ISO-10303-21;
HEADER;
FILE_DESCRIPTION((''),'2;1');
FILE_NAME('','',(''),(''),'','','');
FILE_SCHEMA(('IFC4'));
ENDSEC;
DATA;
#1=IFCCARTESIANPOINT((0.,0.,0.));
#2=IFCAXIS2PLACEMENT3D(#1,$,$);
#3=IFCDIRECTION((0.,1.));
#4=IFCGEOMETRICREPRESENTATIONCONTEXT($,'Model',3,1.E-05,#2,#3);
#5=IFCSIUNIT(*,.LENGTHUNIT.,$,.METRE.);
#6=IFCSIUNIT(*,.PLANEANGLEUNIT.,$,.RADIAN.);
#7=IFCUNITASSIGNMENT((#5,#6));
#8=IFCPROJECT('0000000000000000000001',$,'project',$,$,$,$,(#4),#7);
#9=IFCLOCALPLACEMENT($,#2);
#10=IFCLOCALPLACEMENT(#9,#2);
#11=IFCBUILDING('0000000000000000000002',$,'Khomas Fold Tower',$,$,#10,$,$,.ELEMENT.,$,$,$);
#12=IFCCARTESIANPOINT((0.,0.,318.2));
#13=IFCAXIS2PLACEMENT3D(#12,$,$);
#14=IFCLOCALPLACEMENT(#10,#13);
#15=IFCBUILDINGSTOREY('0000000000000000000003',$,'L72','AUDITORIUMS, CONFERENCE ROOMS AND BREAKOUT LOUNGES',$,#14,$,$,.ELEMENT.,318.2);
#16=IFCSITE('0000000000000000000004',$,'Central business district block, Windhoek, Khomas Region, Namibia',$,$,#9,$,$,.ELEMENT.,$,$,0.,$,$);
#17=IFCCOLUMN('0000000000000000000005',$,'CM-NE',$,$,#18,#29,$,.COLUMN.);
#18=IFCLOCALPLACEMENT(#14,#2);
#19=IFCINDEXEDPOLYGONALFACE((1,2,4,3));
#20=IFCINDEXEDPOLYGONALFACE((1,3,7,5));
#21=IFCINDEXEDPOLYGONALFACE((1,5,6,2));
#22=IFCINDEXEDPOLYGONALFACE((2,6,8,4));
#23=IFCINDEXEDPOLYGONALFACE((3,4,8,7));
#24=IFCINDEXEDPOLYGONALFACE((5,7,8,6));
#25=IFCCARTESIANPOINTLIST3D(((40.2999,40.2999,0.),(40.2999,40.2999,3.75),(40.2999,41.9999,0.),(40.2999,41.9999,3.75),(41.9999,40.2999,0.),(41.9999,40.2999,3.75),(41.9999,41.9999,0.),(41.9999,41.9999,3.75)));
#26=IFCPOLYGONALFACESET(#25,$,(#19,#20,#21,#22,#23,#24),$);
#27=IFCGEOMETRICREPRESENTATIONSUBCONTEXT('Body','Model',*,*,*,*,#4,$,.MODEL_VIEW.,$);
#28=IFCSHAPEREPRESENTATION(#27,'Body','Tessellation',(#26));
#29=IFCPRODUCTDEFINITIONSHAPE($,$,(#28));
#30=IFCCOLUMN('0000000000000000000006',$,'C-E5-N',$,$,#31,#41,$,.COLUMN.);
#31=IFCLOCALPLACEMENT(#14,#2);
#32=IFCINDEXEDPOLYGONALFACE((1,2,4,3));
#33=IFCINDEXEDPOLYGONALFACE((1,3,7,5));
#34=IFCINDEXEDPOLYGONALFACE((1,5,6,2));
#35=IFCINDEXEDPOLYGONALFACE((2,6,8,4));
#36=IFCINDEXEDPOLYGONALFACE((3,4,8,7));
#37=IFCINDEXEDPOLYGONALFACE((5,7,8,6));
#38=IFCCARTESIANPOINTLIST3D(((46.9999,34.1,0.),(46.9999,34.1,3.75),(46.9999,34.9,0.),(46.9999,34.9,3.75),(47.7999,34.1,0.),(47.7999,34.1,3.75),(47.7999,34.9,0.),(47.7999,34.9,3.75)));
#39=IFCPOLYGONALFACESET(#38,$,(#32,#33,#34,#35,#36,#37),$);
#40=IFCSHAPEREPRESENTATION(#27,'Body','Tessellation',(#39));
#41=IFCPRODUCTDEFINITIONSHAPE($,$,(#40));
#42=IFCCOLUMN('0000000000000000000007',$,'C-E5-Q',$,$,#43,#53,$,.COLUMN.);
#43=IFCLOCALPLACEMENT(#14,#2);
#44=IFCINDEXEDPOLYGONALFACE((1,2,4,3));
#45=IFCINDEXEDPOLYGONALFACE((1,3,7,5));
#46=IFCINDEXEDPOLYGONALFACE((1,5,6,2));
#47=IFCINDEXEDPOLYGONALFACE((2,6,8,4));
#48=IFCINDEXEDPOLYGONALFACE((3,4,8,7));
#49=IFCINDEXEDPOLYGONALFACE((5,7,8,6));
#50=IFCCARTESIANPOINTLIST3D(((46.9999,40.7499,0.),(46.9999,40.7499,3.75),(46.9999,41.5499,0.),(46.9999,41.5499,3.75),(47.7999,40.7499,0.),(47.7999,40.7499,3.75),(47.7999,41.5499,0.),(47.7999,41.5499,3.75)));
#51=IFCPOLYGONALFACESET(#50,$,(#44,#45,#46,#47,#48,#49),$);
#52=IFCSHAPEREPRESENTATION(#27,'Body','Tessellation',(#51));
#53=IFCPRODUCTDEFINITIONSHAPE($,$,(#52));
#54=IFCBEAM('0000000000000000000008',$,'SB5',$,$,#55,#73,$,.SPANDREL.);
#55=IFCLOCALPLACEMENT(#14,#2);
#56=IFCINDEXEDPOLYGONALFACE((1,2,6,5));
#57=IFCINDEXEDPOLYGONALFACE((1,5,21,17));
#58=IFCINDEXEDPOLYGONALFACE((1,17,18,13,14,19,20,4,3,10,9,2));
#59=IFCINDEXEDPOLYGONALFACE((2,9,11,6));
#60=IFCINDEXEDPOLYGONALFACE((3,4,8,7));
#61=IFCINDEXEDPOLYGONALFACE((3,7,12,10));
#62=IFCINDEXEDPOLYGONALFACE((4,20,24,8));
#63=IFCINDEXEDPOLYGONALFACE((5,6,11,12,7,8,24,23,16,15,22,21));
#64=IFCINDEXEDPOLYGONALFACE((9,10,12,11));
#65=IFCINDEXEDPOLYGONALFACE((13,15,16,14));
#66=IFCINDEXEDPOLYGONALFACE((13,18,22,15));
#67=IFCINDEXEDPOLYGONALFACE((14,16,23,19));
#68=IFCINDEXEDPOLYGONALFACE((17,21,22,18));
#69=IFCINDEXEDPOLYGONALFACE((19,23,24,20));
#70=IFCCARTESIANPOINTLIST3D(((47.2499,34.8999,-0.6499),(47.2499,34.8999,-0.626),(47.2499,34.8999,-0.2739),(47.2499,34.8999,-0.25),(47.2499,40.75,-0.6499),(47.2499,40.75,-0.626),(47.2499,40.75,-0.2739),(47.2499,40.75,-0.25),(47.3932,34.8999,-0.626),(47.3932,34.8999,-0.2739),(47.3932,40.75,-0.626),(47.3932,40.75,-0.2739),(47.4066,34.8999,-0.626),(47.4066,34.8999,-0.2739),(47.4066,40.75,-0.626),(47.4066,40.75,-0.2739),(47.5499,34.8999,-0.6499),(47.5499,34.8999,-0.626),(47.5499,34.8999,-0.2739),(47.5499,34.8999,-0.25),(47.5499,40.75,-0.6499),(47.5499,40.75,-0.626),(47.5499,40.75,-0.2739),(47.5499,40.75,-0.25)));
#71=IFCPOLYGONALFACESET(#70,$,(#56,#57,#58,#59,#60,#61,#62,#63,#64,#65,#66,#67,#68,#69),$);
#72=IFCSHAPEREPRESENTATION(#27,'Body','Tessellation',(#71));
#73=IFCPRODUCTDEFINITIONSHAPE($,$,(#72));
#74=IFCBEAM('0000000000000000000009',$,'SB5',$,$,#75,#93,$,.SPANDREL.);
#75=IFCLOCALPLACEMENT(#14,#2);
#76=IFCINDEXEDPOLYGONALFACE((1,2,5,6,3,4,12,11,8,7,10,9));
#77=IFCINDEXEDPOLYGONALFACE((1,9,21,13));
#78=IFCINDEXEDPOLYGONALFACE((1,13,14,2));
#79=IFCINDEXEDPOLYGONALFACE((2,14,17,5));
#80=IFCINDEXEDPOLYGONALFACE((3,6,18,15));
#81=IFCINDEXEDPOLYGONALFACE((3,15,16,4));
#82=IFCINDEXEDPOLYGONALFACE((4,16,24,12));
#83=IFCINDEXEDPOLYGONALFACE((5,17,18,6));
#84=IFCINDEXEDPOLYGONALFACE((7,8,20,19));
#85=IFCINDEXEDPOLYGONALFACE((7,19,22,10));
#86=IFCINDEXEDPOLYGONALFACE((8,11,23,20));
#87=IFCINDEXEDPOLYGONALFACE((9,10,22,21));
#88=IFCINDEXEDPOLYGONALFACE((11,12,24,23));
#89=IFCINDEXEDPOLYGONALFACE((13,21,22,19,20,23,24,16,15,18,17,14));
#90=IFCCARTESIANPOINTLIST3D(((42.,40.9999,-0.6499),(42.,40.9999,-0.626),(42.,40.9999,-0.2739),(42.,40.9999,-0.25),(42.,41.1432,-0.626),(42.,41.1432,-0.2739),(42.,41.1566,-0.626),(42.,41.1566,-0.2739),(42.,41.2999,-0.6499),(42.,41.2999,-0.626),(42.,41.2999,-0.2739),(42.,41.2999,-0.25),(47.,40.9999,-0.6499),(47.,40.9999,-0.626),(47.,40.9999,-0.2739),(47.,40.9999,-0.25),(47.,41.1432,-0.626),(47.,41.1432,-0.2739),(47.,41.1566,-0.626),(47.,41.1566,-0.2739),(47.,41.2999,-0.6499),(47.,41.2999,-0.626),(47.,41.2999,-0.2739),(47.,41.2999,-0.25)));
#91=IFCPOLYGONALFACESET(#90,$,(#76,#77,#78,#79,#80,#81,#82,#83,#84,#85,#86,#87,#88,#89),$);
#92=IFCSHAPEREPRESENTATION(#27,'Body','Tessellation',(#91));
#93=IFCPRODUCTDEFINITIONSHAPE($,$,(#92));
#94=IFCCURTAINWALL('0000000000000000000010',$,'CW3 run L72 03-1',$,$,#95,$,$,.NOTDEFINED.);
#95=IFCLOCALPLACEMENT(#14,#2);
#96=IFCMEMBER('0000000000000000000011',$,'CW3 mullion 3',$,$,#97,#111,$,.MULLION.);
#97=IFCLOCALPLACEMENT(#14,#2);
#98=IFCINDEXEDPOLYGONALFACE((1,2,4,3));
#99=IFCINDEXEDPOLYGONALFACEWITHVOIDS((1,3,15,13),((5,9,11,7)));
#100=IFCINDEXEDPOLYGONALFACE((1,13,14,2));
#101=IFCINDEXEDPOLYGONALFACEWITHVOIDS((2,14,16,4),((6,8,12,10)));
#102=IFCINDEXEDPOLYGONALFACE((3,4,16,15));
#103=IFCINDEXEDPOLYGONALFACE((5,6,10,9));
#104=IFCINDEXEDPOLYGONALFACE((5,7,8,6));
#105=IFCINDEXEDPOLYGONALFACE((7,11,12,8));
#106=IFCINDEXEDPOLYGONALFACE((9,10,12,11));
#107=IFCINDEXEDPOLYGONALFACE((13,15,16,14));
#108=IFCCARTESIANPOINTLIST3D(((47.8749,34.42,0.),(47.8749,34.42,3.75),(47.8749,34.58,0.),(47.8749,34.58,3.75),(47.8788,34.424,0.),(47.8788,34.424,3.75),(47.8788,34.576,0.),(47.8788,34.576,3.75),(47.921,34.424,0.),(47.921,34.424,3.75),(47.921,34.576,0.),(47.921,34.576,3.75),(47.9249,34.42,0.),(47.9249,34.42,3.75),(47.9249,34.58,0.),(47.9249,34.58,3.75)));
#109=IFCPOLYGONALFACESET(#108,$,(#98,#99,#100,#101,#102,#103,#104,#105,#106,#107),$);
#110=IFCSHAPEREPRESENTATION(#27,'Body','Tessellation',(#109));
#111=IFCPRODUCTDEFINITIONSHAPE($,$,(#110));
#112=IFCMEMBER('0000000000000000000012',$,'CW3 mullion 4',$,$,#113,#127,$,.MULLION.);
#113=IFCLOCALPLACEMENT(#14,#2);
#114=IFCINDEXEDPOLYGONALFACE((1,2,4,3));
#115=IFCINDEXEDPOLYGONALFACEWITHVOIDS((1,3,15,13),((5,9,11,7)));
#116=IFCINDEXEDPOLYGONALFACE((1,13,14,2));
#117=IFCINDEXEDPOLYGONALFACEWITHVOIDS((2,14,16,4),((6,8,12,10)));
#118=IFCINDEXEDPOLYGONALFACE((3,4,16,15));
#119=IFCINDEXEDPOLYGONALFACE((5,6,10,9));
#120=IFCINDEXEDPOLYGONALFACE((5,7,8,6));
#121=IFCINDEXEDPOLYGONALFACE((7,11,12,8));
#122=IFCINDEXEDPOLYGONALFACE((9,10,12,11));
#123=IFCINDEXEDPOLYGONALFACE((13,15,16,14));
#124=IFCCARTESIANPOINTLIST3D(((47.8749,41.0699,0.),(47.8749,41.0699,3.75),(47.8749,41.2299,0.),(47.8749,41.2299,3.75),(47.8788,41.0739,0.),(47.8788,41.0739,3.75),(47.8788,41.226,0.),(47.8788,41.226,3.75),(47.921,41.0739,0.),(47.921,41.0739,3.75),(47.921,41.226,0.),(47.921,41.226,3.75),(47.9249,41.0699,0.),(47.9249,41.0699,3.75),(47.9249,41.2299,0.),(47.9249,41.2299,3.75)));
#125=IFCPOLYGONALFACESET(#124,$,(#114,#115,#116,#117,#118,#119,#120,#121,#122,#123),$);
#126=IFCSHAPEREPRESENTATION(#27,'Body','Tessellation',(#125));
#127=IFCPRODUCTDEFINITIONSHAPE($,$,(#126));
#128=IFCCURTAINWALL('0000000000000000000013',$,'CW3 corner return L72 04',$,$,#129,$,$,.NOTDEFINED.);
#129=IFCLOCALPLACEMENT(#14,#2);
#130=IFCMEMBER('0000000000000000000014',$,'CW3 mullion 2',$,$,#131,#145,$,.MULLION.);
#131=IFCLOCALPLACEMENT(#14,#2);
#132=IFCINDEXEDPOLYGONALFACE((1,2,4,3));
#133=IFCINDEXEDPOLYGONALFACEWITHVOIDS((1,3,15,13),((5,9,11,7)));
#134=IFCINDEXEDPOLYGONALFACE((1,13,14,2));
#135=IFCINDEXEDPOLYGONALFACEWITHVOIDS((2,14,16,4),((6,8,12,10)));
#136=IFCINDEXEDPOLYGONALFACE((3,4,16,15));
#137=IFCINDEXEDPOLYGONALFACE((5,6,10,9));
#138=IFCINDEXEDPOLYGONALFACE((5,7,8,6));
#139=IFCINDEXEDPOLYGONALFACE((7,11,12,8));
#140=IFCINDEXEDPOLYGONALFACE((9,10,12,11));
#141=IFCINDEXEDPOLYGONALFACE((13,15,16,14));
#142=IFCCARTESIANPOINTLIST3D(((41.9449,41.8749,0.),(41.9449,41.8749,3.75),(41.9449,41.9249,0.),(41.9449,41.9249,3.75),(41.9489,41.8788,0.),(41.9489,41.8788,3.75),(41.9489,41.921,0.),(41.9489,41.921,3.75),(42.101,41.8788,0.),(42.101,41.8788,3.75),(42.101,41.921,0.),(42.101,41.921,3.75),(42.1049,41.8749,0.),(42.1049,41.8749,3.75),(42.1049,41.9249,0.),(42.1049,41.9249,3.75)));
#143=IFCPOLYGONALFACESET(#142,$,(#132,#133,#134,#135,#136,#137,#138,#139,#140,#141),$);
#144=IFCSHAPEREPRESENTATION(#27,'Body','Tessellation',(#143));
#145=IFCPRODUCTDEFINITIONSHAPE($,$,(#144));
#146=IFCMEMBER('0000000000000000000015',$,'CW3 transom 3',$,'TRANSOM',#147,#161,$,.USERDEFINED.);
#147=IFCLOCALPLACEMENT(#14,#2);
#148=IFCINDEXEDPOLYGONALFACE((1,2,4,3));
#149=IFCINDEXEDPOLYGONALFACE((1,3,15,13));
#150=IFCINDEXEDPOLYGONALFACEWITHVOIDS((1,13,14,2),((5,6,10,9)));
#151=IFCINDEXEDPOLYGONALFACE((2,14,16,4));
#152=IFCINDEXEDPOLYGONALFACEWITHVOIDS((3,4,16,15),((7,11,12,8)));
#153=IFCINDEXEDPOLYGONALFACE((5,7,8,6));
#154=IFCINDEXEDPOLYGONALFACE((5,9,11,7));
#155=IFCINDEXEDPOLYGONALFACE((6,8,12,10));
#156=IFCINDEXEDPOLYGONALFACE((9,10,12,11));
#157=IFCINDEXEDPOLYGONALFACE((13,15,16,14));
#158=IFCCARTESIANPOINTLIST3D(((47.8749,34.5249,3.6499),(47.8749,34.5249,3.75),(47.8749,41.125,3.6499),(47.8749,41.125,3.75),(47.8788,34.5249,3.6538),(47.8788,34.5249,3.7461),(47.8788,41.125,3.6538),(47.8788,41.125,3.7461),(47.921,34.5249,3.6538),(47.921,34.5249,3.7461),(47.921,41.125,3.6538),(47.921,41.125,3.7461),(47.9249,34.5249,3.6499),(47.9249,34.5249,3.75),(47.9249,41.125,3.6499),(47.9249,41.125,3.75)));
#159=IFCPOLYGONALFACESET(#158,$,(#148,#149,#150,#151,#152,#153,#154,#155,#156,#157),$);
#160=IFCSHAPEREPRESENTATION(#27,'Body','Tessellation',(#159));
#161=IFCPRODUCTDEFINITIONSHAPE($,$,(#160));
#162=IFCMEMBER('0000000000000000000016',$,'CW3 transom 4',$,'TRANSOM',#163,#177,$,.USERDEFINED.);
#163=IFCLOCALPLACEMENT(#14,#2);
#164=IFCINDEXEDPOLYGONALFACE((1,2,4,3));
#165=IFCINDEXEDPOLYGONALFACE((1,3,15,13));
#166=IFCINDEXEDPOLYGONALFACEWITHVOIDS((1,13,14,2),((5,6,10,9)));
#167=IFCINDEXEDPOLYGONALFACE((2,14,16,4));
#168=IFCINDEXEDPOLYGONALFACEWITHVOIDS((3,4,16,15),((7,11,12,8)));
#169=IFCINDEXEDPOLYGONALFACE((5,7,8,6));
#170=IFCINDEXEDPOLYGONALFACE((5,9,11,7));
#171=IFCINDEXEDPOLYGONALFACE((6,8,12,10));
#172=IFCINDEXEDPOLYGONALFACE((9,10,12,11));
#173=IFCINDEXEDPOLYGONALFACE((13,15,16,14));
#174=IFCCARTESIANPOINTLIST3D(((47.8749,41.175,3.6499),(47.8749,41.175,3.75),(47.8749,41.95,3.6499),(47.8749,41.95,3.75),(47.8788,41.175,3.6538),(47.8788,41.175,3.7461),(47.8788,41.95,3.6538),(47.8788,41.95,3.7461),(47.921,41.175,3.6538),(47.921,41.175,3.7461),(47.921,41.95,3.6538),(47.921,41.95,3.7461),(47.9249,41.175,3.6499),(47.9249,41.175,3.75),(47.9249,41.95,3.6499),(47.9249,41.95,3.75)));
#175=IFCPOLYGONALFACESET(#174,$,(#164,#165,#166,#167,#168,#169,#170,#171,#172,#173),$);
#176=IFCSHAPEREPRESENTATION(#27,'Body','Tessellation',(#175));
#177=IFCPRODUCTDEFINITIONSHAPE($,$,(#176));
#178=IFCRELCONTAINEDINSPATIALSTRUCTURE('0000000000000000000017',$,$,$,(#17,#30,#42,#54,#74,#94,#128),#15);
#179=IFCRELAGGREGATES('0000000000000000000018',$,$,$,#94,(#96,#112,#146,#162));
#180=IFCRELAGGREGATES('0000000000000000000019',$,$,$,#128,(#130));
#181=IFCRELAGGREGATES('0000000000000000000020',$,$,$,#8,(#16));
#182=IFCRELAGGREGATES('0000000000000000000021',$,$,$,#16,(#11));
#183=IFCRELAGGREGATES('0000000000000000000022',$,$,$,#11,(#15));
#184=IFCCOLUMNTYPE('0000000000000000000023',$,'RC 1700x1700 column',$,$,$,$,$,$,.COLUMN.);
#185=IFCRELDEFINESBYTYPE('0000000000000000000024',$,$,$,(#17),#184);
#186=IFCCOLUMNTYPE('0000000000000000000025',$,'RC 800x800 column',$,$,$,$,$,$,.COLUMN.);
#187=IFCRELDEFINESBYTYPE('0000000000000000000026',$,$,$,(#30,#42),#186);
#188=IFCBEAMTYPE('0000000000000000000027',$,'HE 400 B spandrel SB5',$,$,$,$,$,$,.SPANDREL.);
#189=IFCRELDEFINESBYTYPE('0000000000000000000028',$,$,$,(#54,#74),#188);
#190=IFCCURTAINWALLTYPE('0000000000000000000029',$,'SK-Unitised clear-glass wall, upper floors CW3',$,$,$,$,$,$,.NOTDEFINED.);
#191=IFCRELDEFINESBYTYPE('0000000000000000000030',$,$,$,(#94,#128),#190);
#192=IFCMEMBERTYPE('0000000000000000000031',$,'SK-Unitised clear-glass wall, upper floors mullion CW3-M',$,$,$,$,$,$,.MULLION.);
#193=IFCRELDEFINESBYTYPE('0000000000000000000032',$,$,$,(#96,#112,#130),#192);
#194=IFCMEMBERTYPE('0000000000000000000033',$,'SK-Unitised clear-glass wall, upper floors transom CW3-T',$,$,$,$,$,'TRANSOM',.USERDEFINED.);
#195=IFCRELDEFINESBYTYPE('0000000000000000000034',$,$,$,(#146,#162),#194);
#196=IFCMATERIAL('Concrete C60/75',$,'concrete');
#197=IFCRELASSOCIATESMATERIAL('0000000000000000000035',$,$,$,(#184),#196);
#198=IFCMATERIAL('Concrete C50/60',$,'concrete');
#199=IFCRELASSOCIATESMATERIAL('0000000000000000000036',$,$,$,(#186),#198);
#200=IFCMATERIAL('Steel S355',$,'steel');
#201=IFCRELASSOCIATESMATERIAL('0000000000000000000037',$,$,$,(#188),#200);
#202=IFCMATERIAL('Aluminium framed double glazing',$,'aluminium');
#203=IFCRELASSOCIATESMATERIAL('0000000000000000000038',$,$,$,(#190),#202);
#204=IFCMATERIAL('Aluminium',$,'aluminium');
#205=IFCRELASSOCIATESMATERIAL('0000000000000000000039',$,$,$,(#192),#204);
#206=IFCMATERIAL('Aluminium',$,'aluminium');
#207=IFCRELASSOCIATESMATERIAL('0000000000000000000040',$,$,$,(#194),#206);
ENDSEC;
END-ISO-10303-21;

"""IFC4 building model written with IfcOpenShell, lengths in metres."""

from ifc_helpers import new_model, si_unit, direction, frame, origin, origin_2d, place, context, subcontext, project, spatial, rectangle, hollow_rectangle, i_section, extrude, source, transform, mapped, material, material_profile, profile_set, type_object, element, aggregate, save


model = new_model("IFC4")

# Units and contexts
model_context = context("Model", 3, precision=1e-05, world=origin(), true_north=direction((0.0, 1.0)))
body_context = subcontext(model_context, "Body", "Model", "MODEL_VIEW")
ifc_project = project(units=[si_unit("LENGTHUNIT", "METRE"), si_unit("PLANEANGLEUNIT", "RADIAN")], contexts=[model_context])

# Site, building, storey
site_placement = place(None, origin())
site = spatial("IfcSite", under=ifc_project, at=site_placement, Name="Central business district block, Windhoek, Khomas Region, Namibia", CompositionType="ELEMENT", RefElevation=0.0)
building_placement = place(site_placement, origin())
building = spatial("IfcBuilding", under=site, at=building_placement, Name="Khomas Fold Tower", CompositionType="ELEMENT")
storey_placement = place(building_placement, frame((0.0, 0.0, 318.2)))
storey = spatial("IfcBuildingStorey", under=building, at=storey_placement, Name="L72", Description="AUDITORIUMS, CONFERENCE ROOMS AND BREAKOUT LOUNGES", CompositionType="ELEMENT", Elevation=318.2)

# Columns
ifc_material_1 = material(Name="Concrete C60/75", Category="concrete")
ifc_material_profile_1 = material_profile(ifc_material_1, rectangle(XDim=1.7, YDim=1.7, at=origin_2d()), Name="RC 1700x1700")
ifc_profile_set_1 = profile_set([ifc_material_profile_1], Name="Concrete C60/75")
column_type_1 = type_object("IfcColumnType", Name="RC 1700x1700 column", PredefinedType="COLUMN", material=ifc_profile_set_1)
shared_shape_1 = source(origin(), body_context, "Body", "SweptSolid", [
    extrude(rectangle(XDim=1.7, YDim=1.7, at=origin_2d()), origin(), (0.0, 0.0, 1.0), 3.75),
])
column_placement = place(storey_placement, frame((41.1499, 41.1499, 0.0), z_axis=(0.0, 0.0, 1.0), x_axis=(1.0, 0.0, 0.0)))
element("IfcColumn", 1, at=column_placement, inside=storey, type_object=column_type_1, Name="CM-NE", PredefinedType="COLUMN", context=body_context, shape_type="MappedRepresentation", body=[
    mapped(shared_shape_1, transform((0.0, 0.0, 0.0))),
])
ifc_material_2 = material(Name="Concrete C50/60", Category="concrete")
ifc_material_profile_2 = material_profile(ifc_material_2, rectangle(XDim=0.8, YDim=0.8, at=origin_2d()), Name="RC 800x800")
ifc_profile_set_2 = profile_set([ifc_material_profile_2], Name="Concrete C50/60")
column_type_2 = type_object("IfcColumnType", Name="RC 800x800 column", PredefinedType="COLUMN", material=ifc_profile_set_2)
shared_shape_2 = source(origin(), body_context, "Body", "SweptSolid", [
    extrude(rectangle(XDim=0.8, YDim=0.8, at=origin_2d()), origin(), (0.0, 0.0, 1.0), 3.75),
])
for number, where, z_axis, x_axis, name in (
    (2, (47.3999, 34.5, 0.0), (0.0, 0.0, 1.0), (1.0, 0.0, 0.0), "C-E5-N"),
    (3, (47.3999, 41.1499, 0.0), (0.0, 0.0, 1.0), (1.0, 0.0, 0.0), "C-E5-Q"),
):
    element("IfcColumn", number, at=place(storey_placement, frame(where, z_axis=z_axis, x_axis=x_axis)), inside=storey, type_object=column_type_2, Name=name, PredefinedType="COLUMN", context=body_context, shape_type="MappedRepresentation", body=[
        mapped(shared_shape_2, transform((0.0, 0.0, 0.0))),
    ])

# Beams
ifc_material_3 = material(Name="Steel S355", Category="steel")
ifc_material_profile_3 = material_profile(ifc_material_3, i_section(OverallWidth=0.3, OverallDepth=0.3999, WebThickness=0.0134, FlangeThickness=0.0239, at=origin_2d()), Name="HE 400 B")
ifc_profile_set_3 = profile_set([ifc_material_profile_3], Name="Steel S355")
beam_type = type_object("IfcBeamType", Name="HE 400 B spandrel SB5", PredefinedType="SPANDREL", material=ifc_profile_set_3)
shared_shape_3 = source(origin(), body_context, "Body", "SweptSolid", [
    extrude(i_section(OverallWidth=0.3, OverallDepth=0.3999, WebThickness=0.0134, FlangeThickness=0.0239, at=origin_2d()), origin(), (0.0, 0.0, 1.0), 5.8501),
])
beam_1_placement = place(storey_placement, frame((47.3999, 34.8999, -0.45), z_axis=(0.0, 1.0, 0.0), x_axis=(-1.0, 0.0, 0.0)))
element("IfcBeam", 4, at=beam_1_placement, inside=storey, type_object=beam_type, Name="SB5", PredefinedType="SPANDREL", context=body_context, shape_type="MappedRepresentation", body=[
    mapped(shared_shape_3, transform((0.0, 0.0, 0.0))),
])
shared_shape_4 = source(origin(), body_context, "Body", "SweptSolid", [
    extrude(i_section(OverallWidth=0.3, OverallDepth=0.3999, WebThickness=0.0134, FlangeThickness=0.0239, at=origin_2d()), origin(), (0.0, 0.0, 1.0), 5.0),
])
beam_2_placement = place(storey_placement, frame((42.0, 41.1499, -0.45), z_axis=(1.0, 0.0, 0.0), x_axis=(0.0, 1.0, 0.0)))
element("IfcBeam", 5, at=beam_2_placement, inside=storey, type_object=beam_type, Name="SB5", PredefinedType="SPANDREL", context=body_context, shape_type="MappedRepresentation", body=[
    mapped(shared_shape_4, transform((0.0, 0.0, 0.0))),
])

# Curtain wall, members
ifc_material_4 = material(Name="Aluminium framed double glazing", Category="aluminium")
curtain_wall_type = type_object("IfcCurtainWallType", Name="SK-Unitised clear-glass wall, upper floors CW3", PredefinedType="NOTDEFINED", material=ifc_material_4)
curtain_wall_1_placement = place(storey_placement, origin())
curtain_wall_1 = element("IfcCurtainWall", 6, at=curtain_wall_1_placement, inside=storey, type_object=curtain_wall_type, Name="CW3 run L72 03-1", PredefinedType="NOTDEFINED")
ifc_material_5 = material(Name="Aluminium", Category="aluminium")
ifc_material_profile_4 = material_profile(ifc_material_5, hollow_rectangle(XDim=0.05, YDim=0.1599, WallThickness=0.0039, at=origin_2d()), Name="SK-Unitised clear-glass wall, upper floors mullion CW3-M")
ifc_profile_set_4 = profile_set([ifc_material_profile_4], Name="Aluminium")
member_type_1 = type_object("IfcMemberType", Name="SK-Unitised clear-glass wall, upper floors mullion CW3-M", PredefinedType="MULLION", material=ifc_profile_set_4)
shared_shape_5 = source(origin(), body_context, "Body", "SweptSolid", [
    extrude(hollow_rectangle(XDim=0.05, YDim=0.1599, WallThickness=0.0039, at=origin_2d()), origin(), (0.0, 0.0, 1.0), 3.75),
])
member_1_placement = place(storey_placement, frame((47.8999, 34.5, 0.0), z_axis=(0.0, 0.0, 1.0), x_axis=(-1.0, 0.0, 0.0)))
member_1 = element("IfcMember", 7, at=member_1_placement, type_object=member_type_1, Name="CW3 mullion 3", PredefinedType="MULLION", context=body_context, shape_type="MappedRepresentation", body=[
    mapped(shared_shape_5, transform((0.0, 0.0, 0.0))),
])
member_2_placement = place(storey_placement, frame((47.8999, 41.1499, 0.0), z_axis=(0.0, 0.0, 1.0), x_axis=(-1.0, 0.0, 0.0)))
member_2 = element("IfcMember", 8, at=member_2_placement, type_object=member_type_1, Name="CW3 mullion 4", PredefinedType="MULLION", context=body_context, shape_type="MappedRepresentation", body=[
    mapped(shared_shape_5, transform((0.0, 0.0, 0.0))),
])

# Curtain wall, member
curtain_wall_2_placement = place(storey_placement, origin())
curtain_wall_2 = element("IfcCurtainWall", 9, at=curtain_wall_2_placement, inside=storey, type_object=curtain_wall_type, Name="CW3 corner return L72 04", PredefinedType="NOTDEFINED")
member_3_placement = place(storey_placement, frame((42.0249, 41.8999, 0.0), z_axis=(0.0, 0.0, 1.0), x_axis=(0.0, -1.0, 0.0)))
member_3 = element("IfcMember", 10, at=member_3_placement, type_object=member_type_1, Name="CW3 mullion 2", PredefinedType="MULLION", context=body_context, shape_type="MappedRepresentation", body=[
    mapped(shared_shape_5, transform((0.0, 0.0, 0.0))),
])

# Members
ifc_material_6 = material(Name="Aluminium", Category="aluminium")
ifc_material_profile_5 = material_profile(ifc_material_6, hollow_rectangle(XDim=0.05, YDim=0.1001, WallThickness=0.0039, at=origin_2d()), Name="SK-Unitised clear-glass wall, upper floors transom CW3-T")
ifc_profile_set_5 = profile_set([ifc_material_profile_5], Name="Aluminium")
member_type_2 = type_object("IfcMemberType", Name="SK-Unitised clear-glass wall, upper floors transom CW3-T", ElementType="TRANSOM", PredefinedType="USERDEFINED", material=ifc_profile_set_5)
shared_shape_6 = source(origin(), body_context, "Body", "SweptSolid", [
    extrude(hollow_rectangle(XDim=0.05, YDim=0.1001, WallThickness=0.0039, at=origin_2d()), origin(), (0.0, 0.0, 1.0), 6.6001),
])
member_4_placement = place(storey_placement, frame((47.8999, 34.5249, 3.7), z_axis=(0.0, 1.0, 0.0), x_axis=(-1.0, 0.0, 0.0)))
member_4 = element("IfcMember", 11, at=member_4_placement, type_object=member_type_2, Name="CW3 transom 3", ObjectType="TRANSOM", PredefinedType="USERDEFINED", context=body_context, shape_type="MappedRepresentation", body=[
    mapped(shared_shape_6, transform((0.0, 0.0, 0.0))),
])
shared_shape_7 = source(origin(), body_context, "Body", "SweptSolid", [
    extrude(hollow_rectangle(XDim=0.05, YDim=0.1001, WallThickness=0.0039, at=origin_2d()), origin(), (0.0, 0.0, 1.0), 0.7749),
])
member_5_placement = place(storey_placement, frame((47.8999, 41.175, 3.7), z_axis=(0.0, 1.0, 0.0), x_axis=(-1.0, 0.0, 0.0)))
member_5 = element("IfcMember", 12, at=member_5_placement, type_object=member_type_2, Name="CW3 transom 4", ObjectType="TRANSOM", PredefinedType="USERDEFINED", context=body_context, shape_type="MappedRepresentation", body=[
    mapped(shared_shape_7, transform((0.0, 0.0, 0.0))),
])

aggregate(curtain_wall_1, [member_1, member_2, member_4, member_5])
aggregate(curtain_wall_2, [member_3])

save(model, "model.ifc")
